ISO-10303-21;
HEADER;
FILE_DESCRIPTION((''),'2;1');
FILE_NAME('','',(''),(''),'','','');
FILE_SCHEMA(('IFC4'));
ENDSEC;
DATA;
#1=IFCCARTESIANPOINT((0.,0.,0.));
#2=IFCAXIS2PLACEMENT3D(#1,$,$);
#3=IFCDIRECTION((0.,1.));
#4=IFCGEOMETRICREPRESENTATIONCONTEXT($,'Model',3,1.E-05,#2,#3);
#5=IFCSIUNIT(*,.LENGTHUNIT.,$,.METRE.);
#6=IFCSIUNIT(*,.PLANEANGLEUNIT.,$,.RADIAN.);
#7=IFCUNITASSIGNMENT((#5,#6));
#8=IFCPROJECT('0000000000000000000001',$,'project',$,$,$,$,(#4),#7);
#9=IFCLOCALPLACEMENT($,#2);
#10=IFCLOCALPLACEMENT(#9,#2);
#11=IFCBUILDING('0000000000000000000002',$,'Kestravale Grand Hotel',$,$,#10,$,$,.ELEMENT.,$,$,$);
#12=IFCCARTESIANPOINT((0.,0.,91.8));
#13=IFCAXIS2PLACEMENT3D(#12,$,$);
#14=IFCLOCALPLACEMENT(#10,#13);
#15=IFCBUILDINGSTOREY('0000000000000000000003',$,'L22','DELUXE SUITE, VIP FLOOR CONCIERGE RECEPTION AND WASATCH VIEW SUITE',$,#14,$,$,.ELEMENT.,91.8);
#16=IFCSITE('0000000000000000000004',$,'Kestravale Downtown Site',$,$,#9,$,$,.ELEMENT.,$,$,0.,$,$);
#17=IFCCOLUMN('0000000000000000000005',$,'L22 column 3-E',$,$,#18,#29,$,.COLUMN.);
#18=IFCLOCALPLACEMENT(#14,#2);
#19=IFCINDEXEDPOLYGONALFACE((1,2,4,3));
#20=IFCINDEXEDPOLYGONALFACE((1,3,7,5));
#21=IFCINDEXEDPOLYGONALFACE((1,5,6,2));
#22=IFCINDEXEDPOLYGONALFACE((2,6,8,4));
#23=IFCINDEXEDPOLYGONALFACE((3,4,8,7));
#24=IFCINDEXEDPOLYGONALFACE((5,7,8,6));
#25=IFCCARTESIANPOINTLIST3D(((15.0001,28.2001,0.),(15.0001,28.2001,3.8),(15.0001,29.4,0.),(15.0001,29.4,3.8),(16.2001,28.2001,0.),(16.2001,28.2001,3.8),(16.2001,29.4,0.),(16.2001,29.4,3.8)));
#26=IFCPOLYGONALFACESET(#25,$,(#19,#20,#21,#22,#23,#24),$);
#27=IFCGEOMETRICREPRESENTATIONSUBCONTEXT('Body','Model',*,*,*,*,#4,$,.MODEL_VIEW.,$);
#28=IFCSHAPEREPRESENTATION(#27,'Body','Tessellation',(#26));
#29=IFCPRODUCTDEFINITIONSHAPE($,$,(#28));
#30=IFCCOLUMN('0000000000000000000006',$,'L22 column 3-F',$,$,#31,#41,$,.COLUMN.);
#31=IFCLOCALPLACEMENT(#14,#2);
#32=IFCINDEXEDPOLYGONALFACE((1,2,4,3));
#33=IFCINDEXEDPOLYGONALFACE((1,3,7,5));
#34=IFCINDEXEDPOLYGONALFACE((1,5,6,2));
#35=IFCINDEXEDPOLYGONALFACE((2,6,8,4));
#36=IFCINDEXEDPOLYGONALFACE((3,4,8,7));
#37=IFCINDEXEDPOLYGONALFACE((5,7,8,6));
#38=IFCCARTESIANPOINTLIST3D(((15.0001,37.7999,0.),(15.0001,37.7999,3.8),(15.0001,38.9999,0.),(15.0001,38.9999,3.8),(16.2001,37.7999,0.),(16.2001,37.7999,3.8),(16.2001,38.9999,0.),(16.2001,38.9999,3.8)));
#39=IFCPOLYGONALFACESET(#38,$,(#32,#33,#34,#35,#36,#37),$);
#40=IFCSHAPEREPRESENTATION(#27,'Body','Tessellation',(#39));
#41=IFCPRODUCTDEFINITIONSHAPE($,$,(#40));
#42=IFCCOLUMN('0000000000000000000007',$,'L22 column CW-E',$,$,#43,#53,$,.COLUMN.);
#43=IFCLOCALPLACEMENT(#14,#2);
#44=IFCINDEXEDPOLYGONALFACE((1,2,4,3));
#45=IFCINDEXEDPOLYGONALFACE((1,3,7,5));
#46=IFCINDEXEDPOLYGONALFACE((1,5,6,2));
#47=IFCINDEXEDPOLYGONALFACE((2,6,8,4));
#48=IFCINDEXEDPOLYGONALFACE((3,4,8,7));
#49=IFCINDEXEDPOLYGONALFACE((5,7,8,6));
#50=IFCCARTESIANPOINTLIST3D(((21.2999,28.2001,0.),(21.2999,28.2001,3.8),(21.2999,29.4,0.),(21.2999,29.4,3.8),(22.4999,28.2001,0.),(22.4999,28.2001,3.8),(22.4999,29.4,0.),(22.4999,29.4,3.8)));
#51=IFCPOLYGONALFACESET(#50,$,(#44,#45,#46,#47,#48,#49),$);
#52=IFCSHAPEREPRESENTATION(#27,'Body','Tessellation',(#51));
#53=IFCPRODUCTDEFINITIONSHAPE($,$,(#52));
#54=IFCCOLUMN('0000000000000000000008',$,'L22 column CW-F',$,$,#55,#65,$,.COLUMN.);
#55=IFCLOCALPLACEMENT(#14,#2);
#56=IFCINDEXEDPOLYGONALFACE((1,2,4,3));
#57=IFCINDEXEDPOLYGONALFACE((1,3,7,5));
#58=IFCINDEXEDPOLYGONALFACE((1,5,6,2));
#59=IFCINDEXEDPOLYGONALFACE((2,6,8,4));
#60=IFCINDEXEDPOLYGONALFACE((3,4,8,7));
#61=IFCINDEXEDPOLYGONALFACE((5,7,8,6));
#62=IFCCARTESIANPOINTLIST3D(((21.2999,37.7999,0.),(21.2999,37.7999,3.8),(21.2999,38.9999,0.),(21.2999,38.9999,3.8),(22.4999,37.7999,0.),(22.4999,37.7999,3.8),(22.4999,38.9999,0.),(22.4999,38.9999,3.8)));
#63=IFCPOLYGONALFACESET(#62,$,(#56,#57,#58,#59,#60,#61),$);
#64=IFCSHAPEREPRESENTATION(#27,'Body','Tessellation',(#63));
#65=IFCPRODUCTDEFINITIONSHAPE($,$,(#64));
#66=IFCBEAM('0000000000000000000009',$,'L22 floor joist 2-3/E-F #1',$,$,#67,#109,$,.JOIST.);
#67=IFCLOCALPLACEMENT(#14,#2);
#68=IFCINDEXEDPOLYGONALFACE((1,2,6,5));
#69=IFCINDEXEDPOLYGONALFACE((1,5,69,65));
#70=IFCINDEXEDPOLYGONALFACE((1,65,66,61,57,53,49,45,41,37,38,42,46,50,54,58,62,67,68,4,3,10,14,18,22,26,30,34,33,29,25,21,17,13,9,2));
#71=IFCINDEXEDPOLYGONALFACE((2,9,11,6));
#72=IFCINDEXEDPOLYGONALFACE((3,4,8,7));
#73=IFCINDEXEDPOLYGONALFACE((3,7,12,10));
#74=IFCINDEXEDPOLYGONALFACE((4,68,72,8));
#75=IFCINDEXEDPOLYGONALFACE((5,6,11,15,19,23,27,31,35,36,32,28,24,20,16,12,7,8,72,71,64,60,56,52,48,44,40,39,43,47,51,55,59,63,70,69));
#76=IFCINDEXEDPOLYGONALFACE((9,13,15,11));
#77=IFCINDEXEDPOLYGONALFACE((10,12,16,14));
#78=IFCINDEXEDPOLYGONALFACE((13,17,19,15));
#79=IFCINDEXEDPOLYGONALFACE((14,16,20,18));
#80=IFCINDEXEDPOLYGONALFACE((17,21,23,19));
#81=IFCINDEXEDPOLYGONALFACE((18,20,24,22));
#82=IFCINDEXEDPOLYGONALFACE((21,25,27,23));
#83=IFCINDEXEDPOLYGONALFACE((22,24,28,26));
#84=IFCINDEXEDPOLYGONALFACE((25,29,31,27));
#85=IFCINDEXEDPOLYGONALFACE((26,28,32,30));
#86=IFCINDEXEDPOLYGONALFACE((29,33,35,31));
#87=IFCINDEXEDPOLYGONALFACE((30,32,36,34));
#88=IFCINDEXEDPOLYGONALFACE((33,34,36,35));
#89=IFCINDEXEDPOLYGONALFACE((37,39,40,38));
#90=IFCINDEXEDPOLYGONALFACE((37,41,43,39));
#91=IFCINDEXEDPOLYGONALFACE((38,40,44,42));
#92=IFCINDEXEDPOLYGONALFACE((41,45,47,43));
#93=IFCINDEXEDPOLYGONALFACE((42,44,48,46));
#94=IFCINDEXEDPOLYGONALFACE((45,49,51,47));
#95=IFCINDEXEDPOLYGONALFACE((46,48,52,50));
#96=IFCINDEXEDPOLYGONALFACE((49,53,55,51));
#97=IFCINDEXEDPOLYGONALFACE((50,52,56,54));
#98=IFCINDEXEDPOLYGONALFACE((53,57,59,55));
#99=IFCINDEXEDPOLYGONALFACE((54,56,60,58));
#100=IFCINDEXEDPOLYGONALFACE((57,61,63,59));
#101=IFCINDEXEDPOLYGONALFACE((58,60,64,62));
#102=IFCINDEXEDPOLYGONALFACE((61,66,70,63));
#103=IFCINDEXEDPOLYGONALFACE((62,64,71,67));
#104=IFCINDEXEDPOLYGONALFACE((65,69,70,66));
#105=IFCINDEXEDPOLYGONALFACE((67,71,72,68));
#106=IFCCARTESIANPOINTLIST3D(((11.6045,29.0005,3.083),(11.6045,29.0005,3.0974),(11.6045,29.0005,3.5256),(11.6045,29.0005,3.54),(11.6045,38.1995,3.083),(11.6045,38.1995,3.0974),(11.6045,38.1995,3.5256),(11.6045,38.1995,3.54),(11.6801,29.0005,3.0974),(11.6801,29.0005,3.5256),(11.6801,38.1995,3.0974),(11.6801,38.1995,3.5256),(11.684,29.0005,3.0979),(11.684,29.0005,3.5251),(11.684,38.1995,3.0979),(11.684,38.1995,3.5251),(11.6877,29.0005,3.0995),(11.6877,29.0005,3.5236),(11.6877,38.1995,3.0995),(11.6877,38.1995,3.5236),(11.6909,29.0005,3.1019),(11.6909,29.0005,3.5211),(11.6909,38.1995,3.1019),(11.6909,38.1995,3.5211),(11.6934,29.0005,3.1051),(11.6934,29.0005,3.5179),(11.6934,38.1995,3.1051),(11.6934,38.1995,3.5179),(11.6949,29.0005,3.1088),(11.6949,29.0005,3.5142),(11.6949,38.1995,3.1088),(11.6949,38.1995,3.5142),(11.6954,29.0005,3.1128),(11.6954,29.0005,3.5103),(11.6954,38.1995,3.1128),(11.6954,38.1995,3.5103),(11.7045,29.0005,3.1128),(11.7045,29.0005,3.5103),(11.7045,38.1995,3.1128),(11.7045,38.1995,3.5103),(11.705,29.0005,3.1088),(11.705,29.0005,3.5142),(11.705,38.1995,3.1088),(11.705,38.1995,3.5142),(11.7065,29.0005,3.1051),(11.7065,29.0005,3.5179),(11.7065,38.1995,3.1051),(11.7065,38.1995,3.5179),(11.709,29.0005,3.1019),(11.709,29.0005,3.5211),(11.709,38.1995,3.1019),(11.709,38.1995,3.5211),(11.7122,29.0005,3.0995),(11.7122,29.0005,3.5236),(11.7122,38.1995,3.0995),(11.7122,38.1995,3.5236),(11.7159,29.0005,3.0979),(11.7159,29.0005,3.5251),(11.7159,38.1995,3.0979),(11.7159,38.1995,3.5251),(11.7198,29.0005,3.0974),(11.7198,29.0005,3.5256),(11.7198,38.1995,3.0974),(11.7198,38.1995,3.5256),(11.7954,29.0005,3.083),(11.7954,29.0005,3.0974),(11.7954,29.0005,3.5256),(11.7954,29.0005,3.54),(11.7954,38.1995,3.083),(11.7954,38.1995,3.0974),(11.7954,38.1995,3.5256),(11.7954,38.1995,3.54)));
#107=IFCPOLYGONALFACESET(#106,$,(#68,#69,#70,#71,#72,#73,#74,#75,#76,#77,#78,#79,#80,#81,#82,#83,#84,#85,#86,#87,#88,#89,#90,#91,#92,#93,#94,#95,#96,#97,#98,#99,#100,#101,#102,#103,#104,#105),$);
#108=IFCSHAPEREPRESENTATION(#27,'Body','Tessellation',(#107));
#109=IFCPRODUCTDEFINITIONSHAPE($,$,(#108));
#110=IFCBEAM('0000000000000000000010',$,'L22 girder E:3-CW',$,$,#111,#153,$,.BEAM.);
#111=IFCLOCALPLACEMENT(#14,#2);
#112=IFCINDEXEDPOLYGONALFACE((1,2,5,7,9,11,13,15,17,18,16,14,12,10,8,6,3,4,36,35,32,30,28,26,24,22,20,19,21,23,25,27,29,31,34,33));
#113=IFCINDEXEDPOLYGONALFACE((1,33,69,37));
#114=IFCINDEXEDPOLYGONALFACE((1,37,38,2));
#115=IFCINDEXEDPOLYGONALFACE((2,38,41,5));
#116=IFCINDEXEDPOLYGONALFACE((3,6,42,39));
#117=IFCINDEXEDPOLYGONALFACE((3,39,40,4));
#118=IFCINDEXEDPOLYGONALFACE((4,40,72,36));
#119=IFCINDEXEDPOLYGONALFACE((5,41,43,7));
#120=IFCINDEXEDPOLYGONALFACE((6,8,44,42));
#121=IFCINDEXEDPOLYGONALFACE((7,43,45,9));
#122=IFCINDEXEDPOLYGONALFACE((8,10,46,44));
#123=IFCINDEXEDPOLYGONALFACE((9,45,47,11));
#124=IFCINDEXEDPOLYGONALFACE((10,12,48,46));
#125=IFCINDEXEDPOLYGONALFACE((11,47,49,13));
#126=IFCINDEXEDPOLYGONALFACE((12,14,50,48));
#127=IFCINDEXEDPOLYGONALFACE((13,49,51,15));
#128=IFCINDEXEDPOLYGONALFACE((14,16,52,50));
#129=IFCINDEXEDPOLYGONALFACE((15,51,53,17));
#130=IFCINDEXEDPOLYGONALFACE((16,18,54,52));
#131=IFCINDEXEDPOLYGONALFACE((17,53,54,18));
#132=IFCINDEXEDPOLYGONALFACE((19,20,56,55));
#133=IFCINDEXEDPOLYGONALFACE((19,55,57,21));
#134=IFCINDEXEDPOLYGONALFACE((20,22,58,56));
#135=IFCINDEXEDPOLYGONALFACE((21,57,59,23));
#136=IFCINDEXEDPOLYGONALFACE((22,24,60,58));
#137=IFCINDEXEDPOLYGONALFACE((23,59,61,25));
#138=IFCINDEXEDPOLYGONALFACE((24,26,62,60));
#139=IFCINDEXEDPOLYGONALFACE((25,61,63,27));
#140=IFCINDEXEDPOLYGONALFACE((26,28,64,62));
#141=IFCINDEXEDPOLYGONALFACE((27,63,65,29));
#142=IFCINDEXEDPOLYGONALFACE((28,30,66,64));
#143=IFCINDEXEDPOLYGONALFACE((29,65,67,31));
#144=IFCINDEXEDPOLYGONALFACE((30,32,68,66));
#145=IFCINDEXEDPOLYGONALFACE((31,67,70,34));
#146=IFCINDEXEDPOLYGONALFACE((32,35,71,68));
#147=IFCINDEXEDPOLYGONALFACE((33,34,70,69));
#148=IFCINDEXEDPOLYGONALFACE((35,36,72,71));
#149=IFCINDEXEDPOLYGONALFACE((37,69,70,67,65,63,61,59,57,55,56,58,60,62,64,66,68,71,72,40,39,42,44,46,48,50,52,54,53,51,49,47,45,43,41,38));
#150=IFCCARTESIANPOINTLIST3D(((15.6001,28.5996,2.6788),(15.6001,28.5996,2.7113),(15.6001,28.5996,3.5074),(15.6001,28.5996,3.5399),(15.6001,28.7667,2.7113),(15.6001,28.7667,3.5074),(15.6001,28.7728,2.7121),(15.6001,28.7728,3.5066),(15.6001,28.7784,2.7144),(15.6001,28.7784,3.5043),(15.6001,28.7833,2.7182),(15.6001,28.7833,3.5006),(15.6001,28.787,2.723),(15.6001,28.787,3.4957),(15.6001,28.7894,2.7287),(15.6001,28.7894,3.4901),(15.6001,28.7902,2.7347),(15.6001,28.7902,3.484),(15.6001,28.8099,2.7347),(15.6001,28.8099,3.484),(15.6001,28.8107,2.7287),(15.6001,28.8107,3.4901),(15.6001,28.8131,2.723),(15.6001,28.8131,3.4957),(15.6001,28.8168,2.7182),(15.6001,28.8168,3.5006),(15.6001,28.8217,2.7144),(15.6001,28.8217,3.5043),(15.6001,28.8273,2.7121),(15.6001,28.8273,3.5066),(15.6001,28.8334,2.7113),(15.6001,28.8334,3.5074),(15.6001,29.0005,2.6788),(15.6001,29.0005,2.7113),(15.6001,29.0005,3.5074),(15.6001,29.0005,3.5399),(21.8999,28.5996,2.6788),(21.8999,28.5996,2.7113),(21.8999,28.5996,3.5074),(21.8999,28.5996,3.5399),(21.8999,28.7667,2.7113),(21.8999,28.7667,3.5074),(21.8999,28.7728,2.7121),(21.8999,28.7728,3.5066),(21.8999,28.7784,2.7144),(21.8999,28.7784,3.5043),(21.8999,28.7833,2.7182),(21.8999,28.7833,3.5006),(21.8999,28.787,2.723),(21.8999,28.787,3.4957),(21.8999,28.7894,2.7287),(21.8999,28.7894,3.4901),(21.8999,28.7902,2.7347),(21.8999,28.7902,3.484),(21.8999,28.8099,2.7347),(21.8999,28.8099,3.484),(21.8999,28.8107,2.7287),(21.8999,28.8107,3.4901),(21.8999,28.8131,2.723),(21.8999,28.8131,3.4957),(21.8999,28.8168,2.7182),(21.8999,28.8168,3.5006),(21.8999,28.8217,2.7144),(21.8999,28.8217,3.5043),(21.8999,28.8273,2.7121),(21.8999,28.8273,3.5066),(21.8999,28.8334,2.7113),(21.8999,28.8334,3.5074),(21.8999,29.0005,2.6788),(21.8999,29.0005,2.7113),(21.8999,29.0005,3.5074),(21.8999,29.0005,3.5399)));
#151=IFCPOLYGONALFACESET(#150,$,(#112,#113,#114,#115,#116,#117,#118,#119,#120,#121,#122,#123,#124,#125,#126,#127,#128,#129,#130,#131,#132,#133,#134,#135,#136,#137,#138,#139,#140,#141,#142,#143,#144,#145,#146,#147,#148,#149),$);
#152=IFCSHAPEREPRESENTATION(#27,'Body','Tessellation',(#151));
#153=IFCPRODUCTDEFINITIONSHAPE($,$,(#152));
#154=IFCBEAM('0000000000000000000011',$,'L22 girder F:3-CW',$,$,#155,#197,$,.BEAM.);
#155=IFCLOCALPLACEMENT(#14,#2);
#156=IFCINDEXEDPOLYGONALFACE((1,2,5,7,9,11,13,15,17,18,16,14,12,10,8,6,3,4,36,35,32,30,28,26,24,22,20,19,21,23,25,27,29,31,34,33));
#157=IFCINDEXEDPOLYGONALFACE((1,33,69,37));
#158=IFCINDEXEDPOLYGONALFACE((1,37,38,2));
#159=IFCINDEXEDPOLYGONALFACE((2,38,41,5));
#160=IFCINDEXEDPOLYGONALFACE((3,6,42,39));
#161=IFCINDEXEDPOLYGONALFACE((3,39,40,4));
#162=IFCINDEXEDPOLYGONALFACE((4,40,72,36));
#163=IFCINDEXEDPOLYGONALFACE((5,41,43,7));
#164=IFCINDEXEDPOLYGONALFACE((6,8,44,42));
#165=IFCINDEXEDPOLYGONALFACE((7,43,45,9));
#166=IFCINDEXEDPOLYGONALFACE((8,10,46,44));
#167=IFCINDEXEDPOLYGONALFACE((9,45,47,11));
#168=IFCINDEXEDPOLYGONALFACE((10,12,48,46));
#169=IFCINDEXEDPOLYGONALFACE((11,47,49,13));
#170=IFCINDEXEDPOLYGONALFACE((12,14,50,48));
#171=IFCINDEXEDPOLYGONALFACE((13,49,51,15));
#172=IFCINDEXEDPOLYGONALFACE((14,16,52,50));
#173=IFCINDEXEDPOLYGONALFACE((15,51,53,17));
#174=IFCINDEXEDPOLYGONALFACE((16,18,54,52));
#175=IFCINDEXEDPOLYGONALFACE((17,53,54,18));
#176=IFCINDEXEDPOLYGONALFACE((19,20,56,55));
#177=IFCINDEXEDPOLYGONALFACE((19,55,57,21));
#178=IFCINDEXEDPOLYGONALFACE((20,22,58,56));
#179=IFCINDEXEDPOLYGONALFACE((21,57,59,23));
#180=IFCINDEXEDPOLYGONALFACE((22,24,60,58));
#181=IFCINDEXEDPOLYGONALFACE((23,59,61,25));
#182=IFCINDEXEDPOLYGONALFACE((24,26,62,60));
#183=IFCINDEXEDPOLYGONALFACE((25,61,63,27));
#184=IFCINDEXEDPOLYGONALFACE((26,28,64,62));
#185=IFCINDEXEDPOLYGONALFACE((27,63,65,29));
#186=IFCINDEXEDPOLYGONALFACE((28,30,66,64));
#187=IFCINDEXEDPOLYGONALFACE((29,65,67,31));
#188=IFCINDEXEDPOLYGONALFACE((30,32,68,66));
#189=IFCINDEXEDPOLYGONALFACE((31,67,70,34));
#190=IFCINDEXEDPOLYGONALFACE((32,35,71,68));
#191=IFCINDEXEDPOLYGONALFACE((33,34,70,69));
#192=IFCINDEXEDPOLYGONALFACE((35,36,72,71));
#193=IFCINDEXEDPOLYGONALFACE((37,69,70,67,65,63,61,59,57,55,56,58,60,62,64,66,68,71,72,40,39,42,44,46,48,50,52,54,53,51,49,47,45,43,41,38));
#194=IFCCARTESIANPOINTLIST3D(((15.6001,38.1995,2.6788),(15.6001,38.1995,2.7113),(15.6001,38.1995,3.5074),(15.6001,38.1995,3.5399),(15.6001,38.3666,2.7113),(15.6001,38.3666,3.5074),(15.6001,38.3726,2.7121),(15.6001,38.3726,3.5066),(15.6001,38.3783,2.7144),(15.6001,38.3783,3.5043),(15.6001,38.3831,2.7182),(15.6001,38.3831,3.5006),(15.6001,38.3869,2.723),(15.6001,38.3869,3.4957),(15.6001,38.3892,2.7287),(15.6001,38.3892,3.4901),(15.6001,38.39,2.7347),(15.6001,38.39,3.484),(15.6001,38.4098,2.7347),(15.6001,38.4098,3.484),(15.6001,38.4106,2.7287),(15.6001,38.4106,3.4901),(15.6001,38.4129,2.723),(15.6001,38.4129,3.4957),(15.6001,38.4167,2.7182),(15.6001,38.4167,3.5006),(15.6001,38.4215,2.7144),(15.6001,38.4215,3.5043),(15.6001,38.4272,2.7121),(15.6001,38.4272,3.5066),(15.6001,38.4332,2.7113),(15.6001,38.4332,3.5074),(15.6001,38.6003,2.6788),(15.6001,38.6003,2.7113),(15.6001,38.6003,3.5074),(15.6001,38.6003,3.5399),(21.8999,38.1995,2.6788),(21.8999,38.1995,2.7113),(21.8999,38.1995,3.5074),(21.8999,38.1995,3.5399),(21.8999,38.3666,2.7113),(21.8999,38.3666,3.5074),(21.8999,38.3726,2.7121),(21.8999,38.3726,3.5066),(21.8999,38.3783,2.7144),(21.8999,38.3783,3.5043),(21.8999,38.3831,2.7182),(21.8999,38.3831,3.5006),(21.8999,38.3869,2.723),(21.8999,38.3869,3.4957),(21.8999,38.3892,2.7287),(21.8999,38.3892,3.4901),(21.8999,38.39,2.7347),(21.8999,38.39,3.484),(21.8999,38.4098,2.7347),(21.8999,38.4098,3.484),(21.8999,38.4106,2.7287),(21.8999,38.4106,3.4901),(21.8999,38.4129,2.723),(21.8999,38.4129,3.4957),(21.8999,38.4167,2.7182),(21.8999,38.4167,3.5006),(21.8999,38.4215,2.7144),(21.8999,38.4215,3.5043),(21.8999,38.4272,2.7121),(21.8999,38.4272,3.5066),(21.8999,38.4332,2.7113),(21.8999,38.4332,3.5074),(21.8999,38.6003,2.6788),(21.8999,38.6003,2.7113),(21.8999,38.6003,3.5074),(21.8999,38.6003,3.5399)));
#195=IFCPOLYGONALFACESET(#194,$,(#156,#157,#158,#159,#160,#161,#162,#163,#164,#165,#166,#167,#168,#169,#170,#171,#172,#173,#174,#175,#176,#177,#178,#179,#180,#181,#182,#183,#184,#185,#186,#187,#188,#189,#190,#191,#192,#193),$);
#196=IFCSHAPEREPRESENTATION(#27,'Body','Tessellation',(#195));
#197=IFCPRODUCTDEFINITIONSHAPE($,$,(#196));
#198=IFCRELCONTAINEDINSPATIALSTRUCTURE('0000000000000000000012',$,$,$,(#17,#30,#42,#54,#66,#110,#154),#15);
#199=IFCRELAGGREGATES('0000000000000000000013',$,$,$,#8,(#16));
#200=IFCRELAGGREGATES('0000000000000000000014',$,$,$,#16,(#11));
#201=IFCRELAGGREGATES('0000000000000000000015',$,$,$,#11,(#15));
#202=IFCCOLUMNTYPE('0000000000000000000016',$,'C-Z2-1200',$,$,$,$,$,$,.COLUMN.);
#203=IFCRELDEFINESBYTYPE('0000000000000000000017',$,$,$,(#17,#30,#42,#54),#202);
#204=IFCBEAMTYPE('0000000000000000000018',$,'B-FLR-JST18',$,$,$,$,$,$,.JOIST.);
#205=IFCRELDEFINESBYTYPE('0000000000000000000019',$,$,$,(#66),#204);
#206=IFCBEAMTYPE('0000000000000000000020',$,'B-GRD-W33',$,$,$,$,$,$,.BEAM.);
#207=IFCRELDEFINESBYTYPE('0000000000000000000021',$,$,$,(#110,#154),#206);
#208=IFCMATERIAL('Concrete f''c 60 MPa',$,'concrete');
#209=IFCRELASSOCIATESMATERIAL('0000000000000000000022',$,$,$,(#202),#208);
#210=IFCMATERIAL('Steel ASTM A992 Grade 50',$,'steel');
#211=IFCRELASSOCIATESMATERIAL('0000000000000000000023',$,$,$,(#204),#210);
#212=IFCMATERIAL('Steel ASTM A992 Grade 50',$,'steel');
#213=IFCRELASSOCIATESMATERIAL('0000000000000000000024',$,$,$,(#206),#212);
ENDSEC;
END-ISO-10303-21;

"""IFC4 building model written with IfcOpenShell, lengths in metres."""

from ifc_helpers import new_model, si_unit, direction, frame, origin, origin_2d, place, context, subcontext, project, spatial, rectangle, i_section, extrude, material, material_profile, profile_set, type_object, element, save


model = new_model("IFC4")

# Units and contexts
model_context = context("Model", 3, precision=1e-05, world=origin(), true_north=direction((0.0, 1.0)))
body_context = subcontext(model_context, "Body", "Model", "MODEL_VIEW")
ifc_project = project(units=[si_unit("LENGTHUNIT", "METRE"), si_unit("PLANEANGLEUNIT", "RADIAN")], contexts=[model_context])

# Site, building, storey
site_placement = place(None, origin())
site = spatial("IfcSite", under=ifc_project, at=site_placement, Name="Kestravale Downtown Site", CompositionType="ELEMENT", RefElevation=0.0)
building_placement = place(site_placement, origin())
building = spatial("IfcBuilding", under=site, at=building_placement, Name="Kestravale Grand Hotel", CompositionType="ELEMENT")
storey_placement = place(building_placement, frame((0.0, 0.0, 91.8)))
storey = spatial("IfcBuildingStorey", under=building, at=storey_placement, Name="L22", Description="DELUXE SUITE, VIP FLOOR CONCIERGE RECEPTION AND WASATCH VIEW SUITE", CompositionType="ELEMENT", Elevation=91.8)

# Columns
ifc_material_1 = material(Name="Concrete f'c 60 MPa", Category="concrete")
ifc_material_profile_1 = material_profile(ifc_material_1, rectangle(XDim=1.2, YDim=1.2, at=origin_2d()))
ifc_profile_set_1 = profile_set([ifc_material_profile_1], Name="Concrete f'c 60 MPa")
column_type = type_object("IfcColumnType", Name="C-Z2-1200", PredefinedType="COLUMN", material=ifc_profile_set_1)
for number, where, z_axis, x_axis, name in (
    (1, (15.6001, 28.8, 0.0), (0.0, 0.0, 1.0), (1.0, 0.0, 0.0), "L22 column 3-E"),
    (2, (15.6001, 38.3999, 0.0), (0.0, 0.0, 1.0), (1.0, 0.0, 0.0), "L22 column 3-F"),
    (3, (21.8999, 28.8, 0.0), (0.0, 0.0, 1.0), (1.0, 0.0, 0.0), "L22 column CW-E"),
    (4, (21.8999, 38.3999, 0.0), (0.0, 0.0, 1.0), (1.0, 0.0, 0.0), "L22 column CW-F"),
):
    element("IfcColumn", number, at=place(storey_placement, frame(where, z_axis=z_axis, x_axis=x_axis)), inside=storey, type_object=column_type, Name=name, PredefinedType="COLUMN", context=body_context, shape_type="SweptSolid", body=[
        extrude(rectangle(XDim=1.2, YDim=1.2, at=origin_2d()), origin(), (0.0, 0.0, 1.0), 3.8),
    ])

# Beams
ifc_material_2 = material(Name="Steel ASTM A992 Grade 50", Category="steel")
ifc_material_profile_2 = material_profile(ifc_material_2, i_section(OverallWidth=0.1909, OverallDepth=0.457, WebThickness=0.009, FlangeThickness=0.0144, FilletRadius=0.0154, at=origin_2d()))
ifc_profile_set_2 = profile_set([ifc_material_profile_2], Name="Steel ASTM A992 Grade 50")
beam_type_1 = type_object("IfcBeamType", Name="B-FLR-JST18", PredefinedType="JOIST", material=ifc_profile_set_2)
beam_1_placement = place(storey_placement, frame((11.7, 29.0005, 3.3115), z_axis=(0.0, 1.0, 0.0), x_axis=(-1.0, 0.0, 0.0)))
element("IfcBeam", 5, at=beam_1_placement, inside=storey, type_object=beam_type_1, Name="L22 floor joist 2-3/E-F #1", PredefinedType="JOIST", context=body_context, shape_type="SweptSolid", body=[
    extrude(i_section(OverallWidth=0.1909, OverallDepth=0.457, WebThickness=0.009, FlangeThickness=0.0144, FilletRadius=0.0154, at=origin_2d()), origin(), (0.0, 0.0, 1.0), 9.199),
])
ifc_material_3 = material(Name="Steel ASTM A992 Grade 50", Category="steel")
ifc_material_profile_3 = material_profile(ifc_material_3, i_section(OverallWidth=0.4009, OverallDepth=0.8611, WebThickness=0.0198, FlangeThickness=0.0325, FilletRadius=0.0234, at=origin_2d()))
ifc_profile_set_3 = profile_set([ifc_material_profile_3], Name="Steel ASTM A992 Grade 50")
beam_type_2 = type_object("IfcBeamType", Name="B-GRD-W33", PredefinedType="BEAM", material=ifc_profile_set_3)
for number, where, z_axis, x_axis, name in (
    (6, (15.6001, 28.8, 3.1094), (1.0, 0.0, 0.0), (0.0, 1.0, 0.0), "L22 girder E:3-CW"),
    (7, (15.6001, 38.3999, 3.1094), (1.0, 0.0, 0.0), (0.0, 1.0, 0.0), "L22 girder F:3-CW"),
):
    element("IfcBeam", number, at=place(storey_placement, frame(where, z_axis=z_axis, x_axis=x_axis)), inside=storey, type_object=beam_type_2, Name=name, PredefinedType="BEAM", context=body_context, shape_type="SweptSolid", body=[
        extrude(i_section(OverallWidth=0.4009, OverallDepth=0.8611, WebThickness=0.0198, FlangeThickness=0.0325, FilletRadius=0.0234, at=origin_2d()), origin(), (0.0, 0.0, 1.0), 6.2998),
    ])

save(model, "model.ifc")
